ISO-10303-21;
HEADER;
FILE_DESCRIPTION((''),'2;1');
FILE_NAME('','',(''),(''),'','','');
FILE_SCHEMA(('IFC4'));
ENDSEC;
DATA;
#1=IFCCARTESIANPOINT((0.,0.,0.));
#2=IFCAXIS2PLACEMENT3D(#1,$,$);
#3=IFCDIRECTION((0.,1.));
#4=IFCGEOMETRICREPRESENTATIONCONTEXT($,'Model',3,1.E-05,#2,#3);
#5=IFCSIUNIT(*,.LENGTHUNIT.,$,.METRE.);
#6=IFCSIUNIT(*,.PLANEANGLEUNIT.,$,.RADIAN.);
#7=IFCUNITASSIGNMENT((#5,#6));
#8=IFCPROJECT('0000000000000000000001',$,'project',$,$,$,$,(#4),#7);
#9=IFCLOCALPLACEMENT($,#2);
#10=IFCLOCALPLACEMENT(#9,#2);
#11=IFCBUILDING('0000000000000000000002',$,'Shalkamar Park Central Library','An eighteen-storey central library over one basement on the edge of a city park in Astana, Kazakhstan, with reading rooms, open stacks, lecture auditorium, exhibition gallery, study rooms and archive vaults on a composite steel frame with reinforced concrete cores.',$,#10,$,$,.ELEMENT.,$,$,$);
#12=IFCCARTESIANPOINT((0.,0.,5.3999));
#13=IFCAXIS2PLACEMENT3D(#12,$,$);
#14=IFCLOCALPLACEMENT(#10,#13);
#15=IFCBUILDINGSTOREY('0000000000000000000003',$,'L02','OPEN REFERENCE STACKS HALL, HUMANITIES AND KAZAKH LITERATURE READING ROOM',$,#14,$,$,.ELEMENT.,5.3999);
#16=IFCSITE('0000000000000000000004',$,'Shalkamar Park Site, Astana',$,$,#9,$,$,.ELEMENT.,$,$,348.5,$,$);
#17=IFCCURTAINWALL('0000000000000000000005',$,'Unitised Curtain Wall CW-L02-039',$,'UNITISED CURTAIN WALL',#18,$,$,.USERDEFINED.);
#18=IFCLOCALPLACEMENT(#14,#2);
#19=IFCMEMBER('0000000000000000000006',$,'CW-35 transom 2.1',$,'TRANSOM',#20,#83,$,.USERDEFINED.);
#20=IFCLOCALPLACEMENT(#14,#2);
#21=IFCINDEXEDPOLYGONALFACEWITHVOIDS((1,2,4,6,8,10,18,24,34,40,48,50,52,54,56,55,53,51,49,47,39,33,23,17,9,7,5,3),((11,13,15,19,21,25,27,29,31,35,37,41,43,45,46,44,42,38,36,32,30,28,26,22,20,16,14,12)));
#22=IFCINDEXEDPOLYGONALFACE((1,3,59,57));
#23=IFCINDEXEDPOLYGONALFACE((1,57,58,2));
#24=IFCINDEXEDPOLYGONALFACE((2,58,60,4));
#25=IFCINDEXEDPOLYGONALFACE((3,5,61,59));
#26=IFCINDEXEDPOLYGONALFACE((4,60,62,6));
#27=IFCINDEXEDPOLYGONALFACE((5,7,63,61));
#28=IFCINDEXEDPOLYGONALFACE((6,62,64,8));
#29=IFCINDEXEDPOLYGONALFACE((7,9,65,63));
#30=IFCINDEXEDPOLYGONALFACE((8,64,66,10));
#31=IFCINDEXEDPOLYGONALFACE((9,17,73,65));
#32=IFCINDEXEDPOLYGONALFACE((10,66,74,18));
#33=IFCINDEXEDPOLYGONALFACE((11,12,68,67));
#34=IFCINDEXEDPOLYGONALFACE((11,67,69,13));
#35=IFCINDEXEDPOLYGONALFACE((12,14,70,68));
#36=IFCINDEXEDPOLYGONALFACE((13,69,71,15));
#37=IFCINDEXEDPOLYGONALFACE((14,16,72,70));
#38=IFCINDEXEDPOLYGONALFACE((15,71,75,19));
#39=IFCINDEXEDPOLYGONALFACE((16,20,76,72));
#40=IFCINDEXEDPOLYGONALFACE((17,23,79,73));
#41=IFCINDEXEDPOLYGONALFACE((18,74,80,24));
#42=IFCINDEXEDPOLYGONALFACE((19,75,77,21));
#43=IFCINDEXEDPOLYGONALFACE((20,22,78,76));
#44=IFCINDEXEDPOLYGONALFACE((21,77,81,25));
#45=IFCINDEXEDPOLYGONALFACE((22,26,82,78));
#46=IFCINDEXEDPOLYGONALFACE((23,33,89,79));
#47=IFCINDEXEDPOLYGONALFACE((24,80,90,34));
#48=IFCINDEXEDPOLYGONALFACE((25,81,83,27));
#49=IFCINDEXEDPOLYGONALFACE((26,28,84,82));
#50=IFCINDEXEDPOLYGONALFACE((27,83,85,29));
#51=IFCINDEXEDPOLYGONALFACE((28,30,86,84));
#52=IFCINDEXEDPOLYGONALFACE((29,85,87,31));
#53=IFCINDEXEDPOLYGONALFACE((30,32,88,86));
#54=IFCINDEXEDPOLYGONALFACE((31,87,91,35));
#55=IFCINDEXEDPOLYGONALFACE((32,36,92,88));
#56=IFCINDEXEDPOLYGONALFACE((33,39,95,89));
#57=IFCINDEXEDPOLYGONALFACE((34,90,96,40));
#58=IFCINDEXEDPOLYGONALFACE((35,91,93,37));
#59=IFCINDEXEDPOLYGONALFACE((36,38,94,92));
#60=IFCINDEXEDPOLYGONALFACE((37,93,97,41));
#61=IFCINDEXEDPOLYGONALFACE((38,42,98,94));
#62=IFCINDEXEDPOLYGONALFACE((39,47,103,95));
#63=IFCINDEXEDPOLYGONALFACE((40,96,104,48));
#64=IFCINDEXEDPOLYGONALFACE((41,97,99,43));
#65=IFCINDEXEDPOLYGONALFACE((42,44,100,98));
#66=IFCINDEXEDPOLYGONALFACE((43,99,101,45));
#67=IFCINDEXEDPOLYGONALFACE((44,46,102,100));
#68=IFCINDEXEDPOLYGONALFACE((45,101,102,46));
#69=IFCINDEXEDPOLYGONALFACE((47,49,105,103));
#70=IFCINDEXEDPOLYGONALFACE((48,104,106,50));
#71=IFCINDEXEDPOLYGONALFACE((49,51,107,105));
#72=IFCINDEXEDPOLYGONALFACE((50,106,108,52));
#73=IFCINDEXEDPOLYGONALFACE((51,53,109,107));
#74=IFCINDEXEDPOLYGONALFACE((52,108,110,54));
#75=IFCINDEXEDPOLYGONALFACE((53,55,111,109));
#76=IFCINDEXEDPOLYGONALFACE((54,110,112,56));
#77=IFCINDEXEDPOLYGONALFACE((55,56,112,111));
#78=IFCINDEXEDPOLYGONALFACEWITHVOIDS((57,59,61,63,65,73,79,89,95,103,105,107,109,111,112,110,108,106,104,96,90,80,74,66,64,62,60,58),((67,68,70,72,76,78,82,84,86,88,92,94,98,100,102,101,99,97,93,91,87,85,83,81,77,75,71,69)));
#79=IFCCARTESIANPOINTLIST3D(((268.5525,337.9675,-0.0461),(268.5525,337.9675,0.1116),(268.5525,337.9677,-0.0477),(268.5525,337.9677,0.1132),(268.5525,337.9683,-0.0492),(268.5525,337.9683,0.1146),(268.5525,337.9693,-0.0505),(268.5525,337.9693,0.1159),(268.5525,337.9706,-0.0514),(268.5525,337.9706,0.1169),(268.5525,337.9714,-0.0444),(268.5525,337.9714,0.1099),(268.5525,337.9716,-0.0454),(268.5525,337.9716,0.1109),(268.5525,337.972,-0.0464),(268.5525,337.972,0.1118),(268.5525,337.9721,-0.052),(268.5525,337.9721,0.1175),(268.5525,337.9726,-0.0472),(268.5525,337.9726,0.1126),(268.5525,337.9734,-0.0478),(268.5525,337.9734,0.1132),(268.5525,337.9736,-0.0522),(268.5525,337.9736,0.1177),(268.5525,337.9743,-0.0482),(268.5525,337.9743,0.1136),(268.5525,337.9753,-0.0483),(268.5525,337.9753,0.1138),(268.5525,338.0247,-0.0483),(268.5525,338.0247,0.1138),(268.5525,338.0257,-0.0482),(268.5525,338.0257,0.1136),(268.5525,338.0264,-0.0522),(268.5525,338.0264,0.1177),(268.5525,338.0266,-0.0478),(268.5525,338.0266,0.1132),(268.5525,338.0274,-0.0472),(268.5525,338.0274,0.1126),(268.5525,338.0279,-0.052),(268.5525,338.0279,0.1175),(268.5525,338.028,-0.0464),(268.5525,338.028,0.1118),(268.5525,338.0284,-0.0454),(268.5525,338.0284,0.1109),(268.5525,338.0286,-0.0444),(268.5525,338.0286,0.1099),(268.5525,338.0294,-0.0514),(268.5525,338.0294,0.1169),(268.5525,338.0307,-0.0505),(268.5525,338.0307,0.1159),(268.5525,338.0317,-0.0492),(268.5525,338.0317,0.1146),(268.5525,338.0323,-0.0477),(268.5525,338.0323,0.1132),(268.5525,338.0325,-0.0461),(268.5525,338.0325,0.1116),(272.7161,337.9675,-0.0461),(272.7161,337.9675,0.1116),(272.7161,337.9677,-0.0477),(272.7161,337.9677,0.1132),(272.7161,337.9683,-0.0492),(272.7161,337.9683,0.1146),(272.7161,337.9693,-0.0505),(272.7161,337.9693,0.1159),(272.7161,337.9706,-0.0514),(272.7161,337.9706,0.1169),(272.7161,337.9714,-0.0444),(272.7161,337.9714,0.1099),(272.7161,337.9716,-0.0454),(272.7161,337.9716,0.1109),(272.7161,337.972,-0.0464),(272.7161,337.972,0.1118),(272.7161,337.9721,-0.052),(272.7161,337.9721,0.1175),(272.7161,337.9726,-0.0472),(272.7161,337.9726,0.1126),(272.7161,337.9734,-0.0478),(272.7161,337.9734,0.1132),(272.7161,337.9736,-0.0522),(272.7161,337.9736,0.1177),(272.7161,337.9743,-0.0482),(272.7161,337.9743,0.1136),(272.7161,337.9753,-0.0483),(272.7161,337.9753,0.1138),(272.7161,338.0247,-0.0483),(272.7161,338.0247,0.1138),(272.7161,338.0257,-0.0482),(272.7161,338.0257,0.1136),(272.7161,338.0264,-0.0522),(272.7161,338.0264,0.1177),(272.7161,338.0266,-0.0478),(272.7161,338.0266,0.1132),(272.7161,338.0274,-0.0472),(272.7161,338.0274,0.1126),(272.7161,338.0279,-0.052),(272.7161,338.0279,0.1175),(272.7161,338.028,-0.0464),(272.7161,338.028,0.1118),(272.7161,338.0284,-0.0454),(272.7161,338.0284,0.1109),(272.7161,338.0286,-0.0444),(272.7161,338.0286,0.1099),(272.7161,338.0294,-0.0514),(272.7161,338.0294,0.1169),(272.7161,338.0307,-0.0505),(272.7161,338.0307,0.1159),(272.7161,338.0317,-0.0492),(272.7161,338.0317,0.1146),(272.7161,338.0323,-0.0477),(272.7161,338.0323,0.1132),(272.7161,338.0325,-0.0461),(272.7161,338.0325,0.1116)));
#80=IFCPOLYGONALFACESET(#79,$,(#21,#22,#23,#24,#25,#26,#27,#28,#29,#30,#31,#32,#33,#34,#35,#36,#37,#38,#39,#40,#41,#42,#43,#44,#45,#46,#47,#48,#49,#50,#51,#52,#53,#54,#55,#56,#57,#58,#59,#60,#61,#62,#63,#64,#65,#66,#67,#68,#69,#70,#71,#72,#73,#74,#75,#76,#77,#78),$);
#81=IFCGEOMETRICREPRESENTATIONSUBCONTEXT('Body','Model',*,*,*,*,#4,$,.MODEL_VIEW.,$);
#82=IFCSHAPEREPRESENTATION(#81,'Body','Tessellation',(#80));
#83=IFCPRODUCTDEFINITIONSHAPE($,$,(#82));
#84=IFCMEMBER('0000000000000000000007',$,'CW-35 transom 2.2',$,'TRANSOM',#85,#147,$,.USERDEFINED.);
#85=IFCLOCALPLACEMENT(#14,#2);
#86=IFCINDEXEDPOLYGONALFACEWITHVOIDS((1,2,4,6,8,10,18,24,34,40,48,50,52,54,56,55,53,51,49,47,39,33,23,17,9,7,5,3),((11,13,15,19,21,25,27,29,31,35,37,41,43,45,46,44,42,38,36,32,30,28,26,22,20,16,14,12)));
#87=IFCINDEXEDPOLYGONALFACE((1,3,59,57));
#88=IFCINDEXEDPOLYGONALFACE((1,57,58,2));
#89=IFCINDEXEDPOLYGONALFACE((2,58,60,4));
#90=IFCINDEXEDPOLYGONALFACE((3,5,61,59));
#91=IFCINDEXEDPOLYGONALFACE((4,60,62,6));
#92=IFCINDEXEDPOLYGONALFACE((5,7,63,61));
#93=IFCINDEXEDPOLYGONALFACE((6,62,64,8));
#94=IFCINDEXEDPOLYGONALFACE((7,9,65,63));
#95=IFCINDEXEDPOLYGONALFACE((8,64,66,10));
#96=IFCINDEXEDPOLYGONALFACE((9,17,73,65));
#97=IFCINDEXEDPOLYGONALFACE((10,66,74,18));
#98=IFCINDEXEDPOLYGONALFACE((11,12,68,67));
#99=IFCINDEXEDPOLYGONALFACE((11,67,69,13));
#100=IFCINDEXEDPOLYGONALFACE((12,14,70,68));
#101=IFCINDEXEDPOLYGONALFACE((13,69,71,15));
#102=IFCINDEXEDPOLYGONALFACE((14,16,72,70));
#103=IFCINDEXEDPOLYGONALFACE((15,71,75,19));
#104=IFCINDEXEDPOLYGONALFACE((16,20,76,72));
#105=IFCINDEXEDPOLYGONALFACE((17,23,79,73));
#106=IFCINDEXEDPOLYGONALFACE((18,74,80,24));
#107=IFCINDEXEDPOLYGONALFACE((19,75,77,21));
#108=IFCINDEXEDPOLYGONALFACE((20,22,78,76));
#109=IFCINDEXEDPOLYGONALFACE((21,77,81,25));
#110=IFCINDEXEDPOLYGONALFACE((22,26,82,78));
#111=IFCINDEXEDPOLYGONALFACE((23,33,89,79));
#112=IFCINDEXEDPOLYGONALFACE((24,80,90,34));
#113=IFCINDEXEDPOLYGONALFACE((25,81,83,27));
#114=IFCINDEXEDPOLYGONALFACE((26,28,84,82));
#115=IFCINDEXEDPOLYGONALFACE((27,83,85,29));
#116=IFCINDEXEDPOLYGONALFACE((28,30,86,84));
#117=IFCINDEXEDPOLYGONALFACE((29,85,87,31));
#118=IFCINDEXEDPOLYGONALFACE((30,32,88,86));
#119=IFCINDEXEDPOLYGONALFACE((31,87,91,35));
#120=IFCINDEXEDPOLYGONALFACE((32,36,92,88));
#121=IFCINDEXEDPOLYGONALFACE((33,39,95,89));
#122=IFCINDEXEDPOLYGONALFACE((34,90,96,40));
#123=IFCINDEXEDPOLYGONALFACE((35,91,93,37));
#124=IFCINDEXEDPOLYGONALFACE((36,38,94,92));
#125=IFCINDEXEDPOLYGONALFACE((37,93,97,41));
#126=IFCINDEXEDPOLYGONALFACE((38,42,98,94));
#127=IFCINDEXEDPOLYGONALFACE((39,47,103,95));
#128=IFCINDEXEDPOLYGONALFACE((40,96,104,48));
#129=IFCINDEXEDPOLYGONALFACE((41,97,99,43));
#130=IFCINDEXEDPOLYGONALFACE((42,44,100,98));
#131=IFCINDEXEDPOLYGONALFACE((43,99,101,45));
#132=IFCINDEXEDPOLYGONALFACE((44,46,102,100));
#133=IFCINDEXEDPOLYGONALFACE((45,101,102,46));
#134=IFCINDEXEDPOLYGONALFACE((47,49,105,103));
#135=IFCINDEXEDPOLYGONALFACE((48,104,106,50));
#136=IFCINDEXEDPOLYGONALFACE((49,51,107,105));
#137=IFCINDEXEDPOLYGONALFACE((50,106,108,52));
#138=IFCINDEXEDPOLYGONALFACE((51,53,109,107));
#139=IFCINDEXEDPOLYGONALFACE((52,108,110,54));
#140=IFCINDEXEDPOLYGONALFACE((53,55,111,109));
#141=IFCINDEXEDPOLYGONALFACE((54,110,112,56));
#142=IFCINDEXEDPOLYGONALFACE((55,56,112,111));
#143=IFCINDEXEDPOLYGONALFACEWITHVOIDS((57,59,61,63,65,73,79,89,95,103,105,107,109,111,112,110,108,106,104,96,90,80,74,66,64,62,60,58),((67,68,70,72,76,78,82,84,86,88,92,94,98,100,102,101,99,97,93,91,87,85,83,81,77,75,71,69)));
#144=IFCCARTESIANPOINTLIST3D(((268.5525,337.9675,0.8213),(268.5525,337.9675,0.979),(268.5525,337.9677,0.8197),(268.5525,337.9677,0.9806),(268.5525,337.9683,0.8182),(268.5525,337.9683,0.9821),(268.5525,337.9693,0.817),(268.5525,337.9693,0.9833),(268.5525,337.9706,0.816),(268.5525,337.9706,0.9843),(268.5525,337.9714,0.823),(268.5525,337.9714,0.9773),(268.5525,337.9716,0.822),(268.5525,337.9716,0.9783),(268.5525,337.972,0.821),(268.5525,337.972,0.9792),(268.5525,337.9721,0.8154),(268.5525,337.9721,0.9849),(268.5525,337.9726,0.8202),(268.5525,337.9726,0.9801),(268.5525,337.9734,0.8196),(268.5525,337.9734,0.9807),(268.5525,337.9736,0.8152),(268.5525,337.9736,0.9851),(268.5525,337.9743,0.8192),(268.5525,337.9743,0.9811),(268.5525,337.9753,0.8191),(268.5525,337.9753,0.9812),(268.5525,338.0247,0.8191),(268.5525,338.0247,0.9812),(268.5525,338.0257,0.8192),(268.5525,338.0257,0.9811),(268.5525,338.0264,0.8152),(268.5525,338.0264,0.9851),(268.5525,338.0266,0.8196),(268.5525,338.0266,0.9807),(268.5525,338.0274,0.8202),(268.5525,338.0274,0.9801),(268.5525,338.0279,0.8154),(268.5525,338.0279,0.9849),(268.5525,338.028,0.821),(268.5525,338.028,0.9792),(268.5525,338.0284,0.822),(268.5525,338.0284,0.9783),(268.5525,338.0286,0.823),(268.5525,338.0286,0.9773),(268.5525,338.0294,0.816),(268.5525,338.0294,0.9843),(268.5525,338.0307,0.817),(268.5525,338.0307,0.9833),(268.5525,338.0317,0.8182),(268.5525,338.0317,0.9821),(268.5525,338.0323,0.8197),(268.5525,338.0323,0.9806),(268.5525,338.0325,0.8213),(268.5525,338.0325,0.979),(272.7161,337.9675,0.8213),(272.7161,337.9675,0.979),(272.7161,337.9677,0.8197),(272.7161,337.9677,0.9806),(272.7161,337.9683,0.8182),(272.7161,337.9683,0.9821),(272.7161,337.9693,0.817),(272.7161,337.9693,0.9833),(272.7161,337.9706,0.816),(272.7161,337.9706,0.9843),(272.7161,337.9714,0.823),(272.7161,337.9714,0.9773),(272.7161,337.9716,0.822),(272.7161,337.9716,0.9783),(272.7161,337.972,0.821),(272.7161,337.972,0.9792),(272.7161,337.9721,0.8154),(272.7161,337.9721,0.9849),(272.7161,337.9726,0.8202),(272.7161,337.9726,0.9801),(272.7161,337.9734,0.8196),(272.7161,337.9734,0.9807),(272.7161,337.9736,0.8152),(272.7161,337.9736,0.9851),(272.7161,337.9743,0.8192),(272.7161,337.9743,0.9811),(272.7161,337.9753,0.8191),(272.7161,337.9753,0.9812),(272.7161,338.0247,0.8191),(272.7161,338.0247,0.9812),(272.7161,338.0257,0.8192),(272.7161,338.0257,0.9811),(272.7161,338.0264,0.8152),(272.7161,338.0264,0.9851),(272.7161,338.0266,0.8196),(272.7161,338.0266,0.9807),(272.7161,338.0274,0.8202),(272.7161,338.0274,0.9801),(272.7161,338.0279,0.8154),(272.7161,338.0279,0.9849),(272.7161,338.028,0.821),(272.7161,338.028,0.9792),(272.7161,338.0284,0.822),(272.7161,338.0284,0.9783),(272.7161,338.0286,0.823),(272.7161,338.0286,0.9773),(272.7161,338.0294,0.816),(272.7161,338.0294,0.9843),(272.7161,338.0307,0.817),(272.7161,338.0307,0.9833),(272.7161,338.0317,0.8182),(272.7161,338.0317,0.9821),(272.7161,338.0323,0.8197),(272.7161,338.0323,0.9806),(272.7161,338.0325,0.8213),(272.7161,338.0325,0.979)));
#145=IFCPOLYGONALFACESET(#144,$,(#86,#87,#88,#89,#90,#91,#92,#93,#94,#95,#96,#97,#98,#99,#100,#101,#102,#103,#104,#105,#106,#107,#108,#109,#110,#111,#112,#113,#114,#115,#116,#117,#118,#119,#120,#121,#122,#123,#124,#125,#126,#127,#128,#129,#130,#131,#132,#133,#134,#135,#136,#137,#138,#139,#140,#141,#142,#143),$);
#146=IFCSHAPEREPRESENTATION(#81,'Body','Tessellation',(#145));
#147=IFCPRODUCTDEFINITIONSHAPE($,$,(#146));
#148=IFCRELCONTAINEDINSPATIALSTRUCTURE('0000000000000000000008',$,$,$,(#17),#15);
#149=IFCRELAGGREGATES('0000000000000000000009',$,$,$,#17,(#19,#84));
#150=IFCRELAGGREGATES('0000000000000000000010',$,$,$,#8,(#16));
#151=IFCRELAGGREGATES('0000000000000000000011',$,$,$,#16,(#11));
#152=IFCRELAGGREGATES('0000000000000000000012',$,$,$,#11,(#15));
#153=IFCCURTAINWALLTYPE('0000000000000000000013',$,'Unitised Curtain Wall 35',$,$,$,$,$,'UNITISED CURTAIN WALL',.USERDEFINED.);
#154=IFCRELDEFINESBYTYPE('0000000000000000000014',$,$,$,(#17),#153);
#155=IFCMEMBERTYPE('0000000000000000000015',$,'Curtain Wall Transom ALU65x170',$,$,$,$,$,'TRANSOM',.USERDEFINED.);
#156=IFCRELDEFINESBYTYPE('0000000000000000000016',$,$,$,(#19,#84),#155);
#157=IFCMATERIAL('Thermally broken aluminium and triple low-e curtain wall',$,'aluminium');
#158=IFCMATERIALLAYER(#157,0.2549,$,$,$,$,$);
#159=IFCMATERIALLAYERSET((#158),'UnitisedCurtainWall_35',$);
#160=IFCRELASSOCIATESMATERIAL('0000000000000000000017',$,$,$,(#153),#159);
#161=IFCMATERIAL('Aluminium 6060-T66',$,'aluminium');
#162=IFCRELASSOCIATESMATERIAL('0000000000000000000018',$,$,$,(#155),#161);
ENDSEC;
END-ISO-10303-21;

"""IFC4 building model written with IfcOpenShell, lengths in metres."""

from ifc_helpers import new_model, si_unit, direction, frame, origin, origin_2d, place, context, subcontext, project, spatial, hollow_rectangle, extrude, material, layer, layer_set, material_profile, profile_set, type_object, element, aggregate, save


model = new_model("IFC4")

# Units and contexts
model_context = context("Model", 3, precision=1e-05, world=origin(), true_north=direction((0.0, 1.0)))
body_context = subcontext(model_context, "Body", "Model", "MODEL_VIEW")
ifc_project = project(units=[si_unit("LENGTHUNIT", "METRE"), si_unit("PLANEANGLEUNIT", "RADIAN")], contexts=[model_context])

# Site, building, storey
site_placement = place(None, origin())
site = spatial("IfcSite", under=ifc_project, at=site_placement, Name="Shalkamar Park Site, Astana", CompositionType="ELEMENT", RefElevation=348.5)
building_placement = place(site_placement, origin())
building = spatial("IfcBuilding", under=site, at=building_placement, Name="Shalkamar Park Central Library", Description="An eighteen-storey central library over one basement on the edge of a city park in Astana, Kazakhstan, with reading rooms, open stacks, lecture auditorium, exhibition gallery, study rooms and archive vaults on a composite steel frame with reinforced concrete cores.", CompositionType="ELEMENT")
storey_placement = place(building_placement, frame((0.0, 0.0, 5.3999)))
storey = spatial("IfcBuildingStorey", under=building, at=storey_placement, Name="L02", Description="OPEN REFERENCE STACKS HALL, HUMANITIES AND KAZAKH LITERATURE READING ROOM", CompositionType="ELEMENT", Elevation=5.3999)

# Shared definitions
ifc_material_1 = material(Name="Thermally broken aluminium and triple low-e curtain wall", Category="aluminium")
ifc_material_2 = material(Name="Aluminium 6060-T66", Category="aluminium")

# Curtain wall
ifc_layer_1 = layer(ifc_material_1, 0.2549)
ifc_layer_set_1 = layer_set([ifc_layer_1], Name="UnitisedCurtainWall_35")
curtain_wall_type_1 = type_object("IfcCurtainWallType", Name="Unitised Curtain Wall 35", ElementType="UNITISED CURTAIN WALL", PredefinedType="USERDEFINED", material=ifc_layer_set_1)
curtain_wall_1_placement = place(storey_placement, origin())
curtain_wall_1 = element("IfcCurtainWall", 1, at=curtain_wall_1_placement, inside=storey, type_object=curtain_wall_type_1, Name="Unitised Curtain Wall CW-L02-039", ObjectType="UNITISED CURTAIN WALL", PredefinedType="USERDEFINED")

# Members
ifc_material_profile_1 = material_profile(ifc_material_2, hollow_rectangle(XDim=0.0649, YDim=0.1699, WallThickness=0.0039, InnerFilletRadius=0.0039, OuterFilletRadius=0.0061, at=origin_2d()), Name="ALU 65x170x4")
ifc_profile_set_1 = profile_set([ifc_material_profile_1], Name="Aluminium 6060-T66")
member_type_1 = type_object("IfcMemberType", Name="Curtain Wall Transom ALU65x170", ElementType="TRANSOM", PredefinedType="USERDEFINED", material=ifc_profile_set_1)
member_1_placement = place(storey_placement, frame((268.5525, 338.0, 0.0327), z_axis=(1.0, 0.0, 0.0), x_axis=(0.0, 1.0, 0.0)))
member_1 = element("IfcMember", 2, at=member_1_placement, type_object=member_type_1, Name="CW-35 transom 2.1", ObjectType="TRANSOM", PredefinedType="USERDEFINED", context=body_context, shape_type="SweptSolid", body=[
    extrude(hollow_rectangle(XDim=0.0649, YDim=0.1699, WallThickness=0.0039, InnerFilletRadius=0.0039, OuterFilletRadius=0.0061, at=origin_2d()), origin(), (0.0, 0.0, 1.0), 4.1636),
])
member_2_placement = place(storey_placement, frame((268.5525, 338.0, 0.9001), z_axis=(1.0, 0.0, 0.0), x_axis=(0.0, 1.0, 0.0)))
member_2 = element("IfcMember", 3, at=member_2_placement, type_object=member_type_1, Name="CW-35 transom 2.2", ObjectType="TRANSOM", PredefinedType="USERDEFINED", context=body_context, shape_type="SweptSolid", body=[
    extrude(hollow_rectangle(XDim=0.0649, YDim=0.1699, WallThickness=0.0039, InnerFilletRadius=0.0039, OuterFilletRadius=0.0061, at=origin_2d()), origin(), (0.0, 0.0, 1.0), 4.1636),
])

aggregate(curtain_wall_1, [member_1, member_2])

save(model, "model.ifc")
